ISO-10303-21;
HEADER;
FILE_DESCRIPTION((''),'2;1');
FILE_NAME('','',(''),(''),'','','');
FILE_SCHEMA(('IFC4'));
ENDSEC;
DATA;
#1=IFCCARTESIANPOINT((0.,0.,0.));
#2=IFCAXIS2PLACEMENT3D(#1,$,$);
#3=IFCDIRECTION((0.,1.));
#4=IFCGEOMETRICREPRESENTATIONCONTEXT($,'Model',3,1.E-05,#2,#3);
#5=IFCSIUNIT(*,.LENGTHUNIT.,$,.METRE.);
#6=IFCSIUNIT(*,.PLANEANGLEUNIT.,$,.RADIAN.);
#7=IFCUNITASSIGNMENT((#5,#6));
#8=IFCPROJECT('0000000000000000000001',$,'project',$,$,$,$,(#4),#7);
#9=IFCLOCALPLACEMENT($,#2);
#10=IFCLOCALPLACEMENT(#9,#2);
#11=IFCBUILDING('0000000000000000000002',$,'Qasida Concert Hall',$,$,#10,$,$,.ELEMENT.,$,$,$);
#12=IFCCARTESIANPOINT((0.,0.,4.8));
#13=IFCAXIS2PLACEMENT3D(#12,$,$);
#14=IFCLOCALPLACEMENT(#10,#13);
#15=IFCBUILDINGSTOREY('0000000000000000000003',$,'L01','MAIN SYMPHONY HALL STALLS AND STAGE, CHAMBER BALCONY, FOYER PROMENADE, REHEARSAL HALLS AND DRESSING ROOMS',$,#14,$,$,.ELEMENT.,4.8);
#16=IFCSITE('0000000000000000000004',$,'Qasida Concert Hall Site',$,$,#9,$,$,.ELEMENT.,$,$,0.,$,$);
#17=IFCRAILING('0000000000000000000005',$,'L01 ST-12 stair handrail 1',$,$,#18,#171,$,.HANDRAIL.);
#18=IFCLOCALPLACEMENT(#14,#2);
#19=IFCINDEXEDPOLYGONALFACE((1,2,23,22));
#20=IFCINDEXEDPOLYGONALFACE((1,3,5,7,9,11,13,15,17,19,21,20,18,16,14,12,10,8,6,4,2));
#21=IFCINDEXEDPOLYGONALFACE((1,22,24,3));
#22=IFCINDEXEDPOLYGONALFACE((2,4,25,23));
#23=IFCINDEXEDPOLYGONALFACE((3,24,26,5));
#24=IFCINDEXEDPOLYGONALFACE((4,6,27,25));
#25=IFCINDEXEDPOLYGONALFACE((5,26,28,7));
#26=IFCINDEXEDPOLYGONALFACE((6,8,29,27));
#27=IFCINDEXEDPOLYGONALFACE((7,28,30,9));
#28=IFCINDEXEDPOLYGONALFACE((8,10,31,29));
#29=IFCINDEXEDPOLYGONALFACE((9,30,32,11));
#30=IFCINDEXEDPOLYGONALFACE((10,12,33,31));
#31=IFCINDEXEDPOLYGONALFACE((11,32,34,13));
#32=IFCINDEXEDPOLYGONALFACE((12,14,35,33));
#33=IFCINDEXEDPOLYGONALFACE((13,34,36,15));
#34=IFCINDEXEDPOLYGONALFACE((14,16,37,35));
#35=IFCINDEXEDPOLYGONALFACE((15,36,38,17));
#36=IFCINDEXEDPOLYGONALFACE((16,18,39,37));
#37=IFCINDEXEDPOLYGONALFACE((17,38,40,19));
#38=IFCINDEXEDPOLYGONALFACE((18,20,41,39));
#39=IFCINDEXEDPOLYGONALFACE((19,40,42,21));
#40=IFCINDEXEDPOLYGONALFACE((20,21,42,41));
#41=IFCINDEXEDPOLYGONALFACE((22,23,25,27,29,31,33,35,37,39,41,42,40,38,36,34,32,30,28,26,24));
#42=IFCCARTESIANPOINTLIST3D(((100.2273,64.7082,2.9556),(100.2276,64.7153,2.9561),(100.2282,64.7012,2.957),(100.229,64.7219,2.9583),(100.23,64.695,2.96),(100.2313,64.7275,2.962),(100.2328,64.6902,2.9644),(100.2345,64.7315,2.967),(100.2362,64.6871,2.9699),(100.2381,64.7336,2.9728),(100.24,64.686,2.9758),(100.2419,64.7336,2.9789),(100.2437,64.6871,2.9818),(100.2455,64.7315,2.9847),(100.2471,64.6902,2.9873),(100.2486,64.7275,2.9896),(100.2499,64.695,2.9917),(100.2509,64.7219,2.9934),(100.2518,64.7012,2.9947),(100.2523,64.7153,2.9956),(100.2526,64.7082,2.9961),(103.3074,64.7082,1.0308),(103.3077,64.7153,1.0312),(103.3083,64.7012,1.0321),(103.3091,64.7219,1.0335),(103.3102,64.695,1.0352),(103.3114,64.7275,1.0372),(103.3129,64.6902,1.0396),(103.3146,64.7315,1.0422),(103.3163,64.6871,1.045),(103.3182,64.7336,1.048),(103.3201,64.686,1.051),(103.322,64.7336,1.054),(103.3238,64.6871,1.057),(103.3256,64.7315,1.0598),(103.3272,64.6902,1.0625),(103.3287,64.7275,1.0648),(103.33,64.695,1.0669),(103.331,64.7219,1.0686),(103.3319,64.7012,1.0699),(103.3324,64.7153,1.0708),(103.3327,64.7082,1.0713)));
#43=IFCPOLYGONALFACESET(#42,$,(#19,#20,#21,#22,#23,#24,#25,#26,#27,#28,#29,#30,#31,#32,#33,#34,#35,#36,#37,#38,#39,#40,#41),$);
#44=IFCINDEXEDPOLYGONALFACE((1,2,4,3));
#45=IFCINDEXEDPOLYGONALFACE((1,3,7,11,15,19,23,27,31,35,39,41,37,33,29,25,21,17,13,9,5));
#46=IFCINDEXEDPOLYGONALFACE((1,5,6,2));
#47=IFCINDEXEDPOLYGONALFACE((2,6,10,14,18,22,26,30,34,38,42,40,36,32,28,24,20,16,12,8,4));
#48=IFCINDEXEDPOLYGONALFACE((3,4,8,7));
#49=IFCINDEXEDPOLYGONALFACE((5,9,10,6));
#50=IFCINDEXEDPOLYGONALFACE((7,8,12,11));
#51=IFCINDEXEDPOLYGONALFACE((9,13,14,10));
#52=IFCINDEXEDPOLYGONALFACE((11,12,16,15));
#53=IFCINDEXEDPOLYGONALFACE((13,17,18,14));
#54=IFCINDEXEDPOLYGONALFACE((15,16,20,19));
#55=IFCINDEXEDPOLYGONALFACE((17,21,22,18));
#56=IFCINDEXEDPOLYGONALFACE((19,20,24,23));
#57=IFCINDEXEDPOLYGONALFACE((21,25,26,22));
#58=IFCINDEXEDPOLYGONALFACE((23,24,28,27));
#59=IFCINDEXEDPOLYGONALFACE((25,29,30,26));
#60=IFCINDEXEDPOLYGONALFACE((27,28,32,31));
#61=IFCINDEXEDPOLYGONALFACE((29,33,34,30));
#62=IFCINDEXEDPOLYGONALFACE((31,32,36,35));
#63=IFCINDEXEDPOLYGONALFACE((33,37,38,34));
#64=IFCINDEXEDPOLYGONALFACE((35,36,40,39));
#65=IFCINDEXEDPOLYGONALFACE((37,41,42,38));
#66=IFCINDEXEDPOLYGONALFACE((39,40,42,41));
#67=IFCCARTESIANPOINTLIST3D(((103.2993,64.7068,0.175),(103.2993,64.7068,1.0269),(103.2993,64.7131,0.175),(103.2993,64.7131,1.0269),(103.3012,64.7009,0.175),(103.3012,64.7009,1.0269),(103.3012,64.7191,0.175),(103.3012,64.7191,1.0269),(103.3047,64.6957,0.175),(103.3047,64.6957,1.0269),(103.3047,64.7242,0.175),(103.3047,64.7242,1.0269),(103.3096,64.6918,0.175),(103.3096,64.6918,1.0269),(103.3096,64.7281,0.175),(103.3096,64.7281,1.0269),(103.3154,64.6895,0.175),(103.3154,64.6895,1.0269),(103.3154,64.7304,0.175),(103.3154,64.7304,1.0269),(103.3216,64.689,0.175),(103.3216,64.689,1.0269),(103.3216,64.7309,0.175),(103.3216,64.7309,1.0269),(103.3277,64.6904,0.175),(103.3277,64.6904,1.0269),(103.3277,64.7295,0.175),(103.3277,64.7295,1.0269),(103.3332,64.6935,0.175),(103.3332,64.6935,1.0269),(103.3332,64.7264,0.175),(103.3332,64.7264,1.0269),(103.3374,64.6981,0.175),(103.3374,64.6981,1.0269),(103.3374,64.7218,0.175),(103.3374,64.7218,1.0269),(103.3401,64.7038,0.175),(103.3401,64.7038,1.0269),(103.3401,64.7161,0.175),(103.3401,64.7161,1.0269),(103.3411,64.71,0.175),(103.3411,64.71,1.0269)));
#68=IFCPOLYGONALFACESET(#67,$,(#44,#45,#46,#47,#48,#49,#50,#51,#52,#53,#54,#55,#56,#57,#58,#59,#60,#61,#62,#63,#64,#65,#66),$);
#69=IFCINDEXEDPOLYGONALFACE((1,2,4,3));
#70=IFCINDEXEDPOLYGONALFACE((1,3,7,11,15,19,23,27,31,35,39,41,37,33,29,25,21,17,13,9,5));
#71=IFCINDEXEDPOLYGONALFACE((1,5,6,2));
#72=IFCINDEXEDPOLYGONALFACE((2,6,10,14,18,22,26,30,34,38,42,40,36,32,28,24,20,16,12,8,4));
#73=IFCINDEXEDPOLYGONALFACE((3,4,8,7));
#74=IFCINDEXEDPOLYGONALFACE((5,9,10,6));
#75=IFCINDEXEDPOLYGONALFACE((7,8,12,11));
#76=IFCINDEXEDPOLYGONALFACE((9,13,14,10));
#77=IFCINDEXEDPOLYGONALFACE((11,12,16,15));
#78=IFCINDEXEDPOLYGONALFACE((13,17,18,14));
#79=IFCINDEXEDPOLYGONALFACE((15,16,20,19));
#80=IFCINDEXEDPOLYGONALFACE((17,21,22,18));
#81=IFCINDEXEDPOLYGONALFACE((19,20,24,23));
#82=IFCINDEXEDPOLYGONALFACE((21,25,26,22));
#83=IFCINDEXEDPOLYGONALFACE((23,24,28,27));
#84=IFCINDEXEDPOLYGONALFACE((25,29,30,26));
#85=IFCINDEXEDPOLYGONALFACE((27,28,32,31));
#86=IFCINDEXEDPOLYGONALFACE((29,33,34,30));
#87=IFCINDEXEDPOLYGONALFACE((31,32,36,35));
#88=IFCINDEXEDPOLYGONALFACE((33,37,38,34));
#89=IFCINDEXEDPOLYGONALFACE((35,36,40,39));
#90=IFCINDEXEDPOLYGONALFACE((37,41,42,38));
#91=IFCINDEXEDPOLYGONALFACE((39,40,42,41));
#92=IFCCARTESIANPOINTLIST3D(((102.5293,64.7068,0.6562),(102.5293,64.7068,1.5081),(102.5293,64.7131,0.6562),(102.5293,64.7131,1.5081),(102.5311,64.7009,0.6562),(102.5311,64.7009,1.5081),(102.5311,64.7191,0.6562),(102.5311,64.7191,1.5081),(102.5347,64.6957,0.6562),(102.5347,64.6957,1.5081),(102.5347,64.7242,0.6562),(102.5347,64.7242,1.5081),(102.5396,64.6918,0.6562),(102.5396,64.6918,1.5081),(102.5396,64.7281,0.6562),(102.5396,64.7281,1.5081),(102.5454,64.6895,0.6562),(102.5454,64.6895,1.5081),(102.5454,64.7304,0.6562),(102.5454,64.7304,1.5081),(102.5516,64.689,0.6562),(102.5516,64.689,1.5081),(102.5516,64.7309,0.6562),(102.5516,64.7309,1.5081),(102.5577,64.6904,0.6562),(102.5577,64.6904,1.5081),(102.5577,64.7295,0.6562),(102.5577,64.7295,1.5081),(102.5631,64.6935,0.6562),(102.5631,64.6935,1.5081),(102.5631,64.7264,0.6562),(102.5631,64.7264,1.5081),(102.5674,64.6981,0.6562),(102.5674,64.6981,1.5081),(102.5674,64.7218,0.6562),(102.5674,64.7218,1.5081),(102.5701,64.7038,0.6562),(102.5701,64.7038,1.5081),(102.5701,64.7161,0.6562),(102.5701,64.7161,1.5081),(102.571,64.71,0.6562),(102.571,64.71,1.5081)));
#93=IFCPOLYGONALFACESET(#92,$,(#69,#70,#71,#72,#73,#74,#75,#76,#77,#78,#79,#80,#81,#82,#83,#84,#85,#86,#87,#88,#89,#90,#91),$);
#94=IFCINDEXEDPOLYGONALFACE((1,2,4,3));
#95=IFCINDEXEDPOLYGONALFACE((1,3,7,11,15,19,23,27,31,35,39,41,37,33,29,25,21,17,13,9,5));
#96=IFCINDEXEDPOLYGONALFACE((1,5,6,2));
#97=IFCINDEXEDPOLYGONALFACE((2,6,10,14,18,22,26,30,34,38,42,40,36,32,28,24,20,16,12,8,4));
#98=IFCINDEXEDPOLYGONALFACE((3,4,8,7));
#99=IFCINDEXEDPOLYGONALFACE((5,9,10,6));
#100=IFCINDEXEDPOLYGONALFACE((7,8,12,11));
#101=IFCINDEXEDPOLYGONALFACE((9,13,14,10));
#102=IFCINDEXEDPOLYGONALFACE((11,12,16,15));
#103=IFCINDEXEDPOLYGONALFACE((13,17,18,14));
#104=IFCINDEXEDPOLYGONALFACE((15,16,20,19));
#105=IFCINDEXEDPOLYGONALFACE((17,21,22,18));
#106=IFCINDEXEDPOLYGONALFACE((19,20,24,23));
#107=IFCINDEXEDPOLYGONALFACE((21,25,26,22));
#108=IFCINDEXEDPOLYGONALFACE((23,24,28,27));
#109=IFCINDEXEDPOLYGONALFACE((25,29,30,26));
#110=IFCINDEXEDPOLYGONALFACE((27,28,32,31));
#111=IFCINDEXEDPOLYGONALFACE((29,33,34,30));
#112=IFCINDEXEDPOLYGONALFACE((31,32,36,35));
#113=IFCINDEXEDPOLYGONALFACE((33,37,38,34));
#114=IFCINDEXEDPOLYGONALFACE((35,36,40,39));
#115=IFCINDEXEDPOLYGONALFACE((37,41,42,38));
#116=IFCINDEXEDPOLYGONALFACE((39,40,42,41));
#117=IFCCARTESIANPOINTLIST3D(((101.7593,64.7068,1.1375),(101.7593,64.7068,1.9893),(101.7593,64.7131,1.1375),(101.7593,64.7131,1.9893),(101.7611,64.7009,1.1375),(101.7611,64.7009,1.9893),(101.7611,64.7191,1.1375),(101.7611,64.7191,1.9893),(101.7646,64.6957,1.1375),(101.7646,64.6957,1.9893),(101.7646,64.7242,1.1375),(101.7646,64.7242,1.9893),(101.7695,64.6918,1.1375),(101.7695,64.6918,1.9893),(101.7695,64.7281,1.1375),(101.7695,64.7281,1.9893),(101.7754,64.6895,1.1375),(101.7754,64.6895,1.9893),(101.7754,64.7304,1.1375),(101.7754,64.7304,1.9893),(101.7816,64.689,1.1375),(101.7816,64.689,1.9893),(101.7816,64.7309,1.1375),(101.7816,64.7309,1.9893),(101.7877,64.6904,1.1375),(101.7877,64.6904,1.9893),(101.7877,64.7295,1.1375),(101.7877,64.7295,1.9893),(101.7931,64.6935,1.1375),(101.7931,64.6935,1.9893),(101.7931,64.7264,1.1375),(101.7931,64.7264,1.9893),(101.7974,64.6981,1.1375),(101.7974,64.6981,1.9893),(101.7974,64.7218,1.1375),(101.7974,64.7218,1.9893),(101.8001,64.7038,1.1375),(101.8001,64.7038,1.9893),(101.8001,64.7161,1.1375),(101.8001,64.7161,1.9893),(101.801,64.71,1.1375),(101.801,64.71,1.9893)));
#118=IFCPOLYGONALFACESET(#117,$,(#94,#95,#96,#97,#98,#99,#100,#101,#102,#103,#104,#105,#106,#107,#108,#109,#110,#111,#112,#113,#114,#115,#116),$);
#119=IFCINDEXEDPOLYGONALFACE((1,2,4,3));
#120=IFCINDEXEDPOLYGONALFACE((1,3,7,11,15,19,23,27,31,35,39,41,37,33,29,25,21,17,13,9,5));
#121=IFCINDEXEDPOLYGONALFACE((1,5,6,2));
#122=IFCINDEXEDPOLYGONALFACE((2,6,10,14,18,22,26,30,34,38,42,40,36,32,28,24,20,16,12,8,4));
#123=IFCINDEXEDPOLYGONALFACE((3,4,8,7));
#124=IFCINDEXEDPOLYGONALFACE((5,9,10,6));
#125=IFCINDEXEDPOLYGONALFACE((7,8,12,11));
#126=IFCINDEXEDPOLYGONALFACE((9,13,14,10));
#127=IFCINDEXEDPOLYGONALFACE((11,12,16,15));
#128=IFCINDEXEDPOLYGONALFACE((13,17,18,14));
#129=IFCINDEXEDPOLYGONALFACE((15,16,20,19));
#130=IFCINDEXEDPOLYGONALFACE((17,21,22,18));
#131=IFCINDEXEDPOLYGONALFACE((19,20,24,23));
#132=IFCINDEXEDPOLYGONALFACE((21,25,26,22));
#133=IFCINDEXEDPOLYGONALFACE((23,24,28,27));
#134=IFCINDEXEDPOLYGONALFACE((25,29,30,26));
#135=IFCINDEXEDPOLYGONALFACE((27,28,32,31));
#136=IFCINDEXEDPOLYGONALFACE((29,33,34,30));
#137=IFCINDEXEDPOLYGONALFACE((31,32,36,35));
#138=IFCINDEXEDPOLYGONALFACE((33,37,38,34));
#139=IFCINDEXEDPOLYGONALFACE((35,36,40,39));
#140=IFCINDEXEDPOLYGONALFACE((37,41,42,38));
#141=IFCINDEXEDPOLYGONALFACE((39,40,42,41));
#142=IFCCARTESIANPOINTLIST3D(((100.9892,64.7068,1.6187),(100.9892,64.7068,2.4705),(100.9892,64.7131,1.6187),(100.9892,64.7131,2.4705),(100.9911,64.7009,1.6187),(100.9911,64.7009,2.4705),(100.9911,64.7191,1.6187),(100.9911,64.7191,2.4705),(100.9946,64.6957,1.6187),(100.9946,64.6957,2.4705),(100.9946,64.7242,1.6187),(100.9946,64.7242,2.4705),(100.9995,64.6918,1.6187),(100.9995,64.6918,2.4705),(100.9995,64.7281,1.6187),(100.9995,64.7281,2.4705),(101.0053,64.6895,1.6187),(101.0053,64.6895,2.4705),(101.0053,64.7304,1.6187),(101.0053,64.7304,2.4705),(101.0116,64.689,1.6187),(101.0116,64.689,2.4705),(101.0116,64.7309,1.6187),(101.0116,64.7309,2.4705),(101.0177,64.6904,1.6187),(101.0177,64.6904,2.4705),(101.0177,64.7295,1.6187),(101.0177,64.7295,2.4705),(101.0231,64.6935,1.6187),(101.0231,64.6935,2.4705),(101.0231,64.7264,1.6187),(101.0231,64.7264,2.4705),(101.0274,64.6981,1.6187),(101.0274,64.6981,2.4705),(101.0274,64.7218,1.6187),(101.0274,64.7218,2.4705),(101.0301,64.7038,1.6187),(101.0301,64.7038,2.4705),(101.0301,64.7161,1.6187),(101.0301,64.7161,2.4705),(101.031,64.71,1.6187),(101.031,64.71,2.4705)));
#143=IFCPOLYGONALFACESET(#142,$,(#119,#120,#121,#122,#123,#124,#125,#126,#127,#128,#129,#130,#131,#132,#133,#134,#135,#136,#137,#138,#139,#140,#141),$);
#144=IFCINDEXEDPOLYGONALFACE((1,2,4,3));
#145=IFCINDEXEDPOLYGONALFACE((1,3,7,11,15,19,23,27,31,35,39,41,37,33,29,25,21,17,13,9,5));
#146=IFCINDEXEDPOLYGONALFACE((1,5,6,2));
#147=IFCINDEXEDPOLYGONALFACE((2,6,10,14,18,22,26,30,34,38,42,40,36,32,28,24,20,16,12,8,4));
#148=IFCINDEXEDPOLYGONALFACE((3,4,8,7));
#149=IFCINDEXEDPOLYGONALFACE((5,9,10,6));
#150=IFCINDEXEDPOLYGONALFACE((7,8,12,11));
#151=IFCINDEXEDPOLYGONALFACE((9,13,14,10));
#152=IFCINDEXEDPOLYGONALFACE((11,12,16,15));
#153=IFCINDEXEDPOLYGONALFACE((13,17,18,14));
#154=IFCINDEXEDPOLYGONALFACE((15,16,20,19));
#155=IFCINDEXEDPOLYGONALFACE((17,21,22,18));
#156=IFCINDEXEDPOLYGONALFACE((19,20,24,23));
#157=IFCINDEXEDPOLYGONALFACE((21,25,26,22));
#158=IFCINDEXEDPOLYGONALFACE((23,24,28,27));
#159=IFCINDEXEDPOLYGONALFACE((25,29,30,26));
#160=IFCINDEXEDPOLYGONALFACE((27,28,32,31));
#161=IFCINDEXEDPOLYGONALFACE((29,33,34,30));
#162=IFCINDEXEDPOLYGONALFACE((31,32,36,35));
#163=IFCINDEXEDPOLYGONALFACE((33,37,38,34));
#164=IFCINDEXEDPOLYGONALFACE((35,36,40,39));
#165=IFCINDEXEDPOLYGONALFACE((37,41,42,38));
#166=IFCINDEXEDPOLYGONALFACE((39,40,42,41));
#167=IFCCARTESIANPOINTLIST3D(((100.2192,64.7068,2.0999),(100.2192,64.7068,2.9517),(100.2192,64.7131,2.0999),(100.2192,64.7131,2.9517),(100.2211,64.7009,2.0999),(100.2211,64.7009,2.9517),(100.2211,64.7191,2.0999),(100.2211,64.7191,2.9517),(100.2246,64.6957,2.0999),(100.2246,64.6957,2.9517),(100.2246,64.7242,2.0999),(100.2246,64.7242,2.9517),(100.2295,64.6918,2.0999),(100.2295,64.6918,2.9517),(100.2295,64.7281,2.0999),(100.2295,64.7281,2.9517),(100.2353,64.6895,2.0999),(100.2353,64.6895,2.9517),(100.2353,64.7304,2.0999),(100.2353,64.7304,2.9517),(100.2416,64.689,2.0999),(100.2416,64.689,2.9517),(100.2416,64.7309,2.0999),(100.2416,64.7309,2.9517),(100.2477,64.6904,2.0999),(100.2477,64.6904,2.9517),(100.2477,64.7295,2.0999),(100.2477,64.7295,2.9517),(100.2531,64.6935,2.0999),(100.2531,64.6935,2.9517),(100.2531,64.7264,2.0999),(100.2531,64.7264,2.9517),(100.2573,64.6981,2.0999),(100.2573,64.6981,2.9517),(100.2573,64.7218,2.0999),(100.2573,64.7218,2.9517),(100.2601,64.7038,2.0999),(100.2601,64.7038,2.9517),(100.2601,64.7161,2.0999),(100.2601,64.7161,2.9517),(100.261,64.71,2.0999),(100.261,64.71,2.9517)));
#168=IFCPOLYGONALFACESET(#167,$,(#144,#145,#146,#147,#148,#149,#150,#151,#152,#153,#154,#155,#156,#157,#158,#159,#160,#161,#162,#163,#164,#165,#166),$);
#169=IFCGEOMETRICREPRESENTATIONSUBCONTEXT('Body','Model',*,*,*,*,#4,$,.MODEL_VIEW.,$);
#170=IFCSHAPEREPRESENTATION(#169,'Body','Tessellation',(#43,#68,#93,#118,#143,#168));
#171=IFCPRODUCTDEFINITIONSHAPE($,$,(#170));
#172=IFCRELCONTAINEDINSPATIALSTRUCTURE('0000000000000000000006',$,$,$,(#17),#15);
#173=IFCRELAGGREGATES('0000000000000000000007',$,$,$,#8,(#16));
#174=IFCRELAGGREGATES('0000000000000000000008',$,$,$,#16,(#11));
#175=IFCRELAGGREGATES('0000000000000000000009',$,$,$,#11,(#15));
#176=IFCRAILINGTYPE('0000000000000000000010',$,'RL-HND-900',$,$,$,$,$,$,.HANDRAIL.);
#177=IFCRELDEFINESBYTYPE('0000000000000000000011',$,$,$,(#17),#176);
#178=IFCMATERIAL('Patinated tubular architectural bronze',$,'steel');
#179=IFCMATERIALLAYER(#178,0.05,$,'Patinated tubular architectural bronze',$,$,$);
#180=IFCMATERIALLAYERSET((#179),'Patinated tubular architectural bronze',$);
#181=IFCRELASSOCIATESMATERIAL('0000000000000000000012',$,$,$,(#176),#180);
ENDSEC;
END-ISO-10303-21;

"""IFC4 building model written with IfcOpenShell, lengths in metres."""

from ifc_helpers import new_model, si_unit, direction, frame, origin, origin_2d, place, context, subcontext, project, spatial, circle, extrude, material, layer, layer_set, type_object, element, save


model = new_model("IFC4")

# Units and contexts
model_context = context("Model", 3, precision=1e-05, world=origin(), true_north=direction((0.0, 1.0)))
body_context = subcontext(model_context, "Body", "Model", "MODEL_VIEW")
ifc_project = project(units=[si_unit("LENGTHUNIT", "METRE"), si_unit("PLANEANGLEUNIT", "RADIAN")], contexts=[model_context])

# Site, building, storey
site_placement = place(None, origin())
site = spatial("IfcSite", under=ifc_project, at=site_placement, Name="Qasida Concert Hall Site", CompositionType="ELEMENT", RefElevation=0.0)
building_placement = place(site_placement, origin())
building = spatial("IfcBuilding", under=site, at=building_placement, Name="Qasida Concert Hall", CompositionType="ELEMENT")
storey_placement = place(building_placement, frame((0.0, 0.0, 4.8)))
storey = spatial("IfcBuildingStorey", under=building, at=storey_placement, Name="L01", Description="MAIN SYMPHONY HALL STALLS AND STAGE, CHAMBER BALCONY, FOYER PROMENADE, REHEARSAL HALLS AND DRESSING ROOMS", CompositionType="ELEMENT", Elevation=4.8)

# Railing
ifc_material_1 = material(Name="Patinated tubular architectural bronze", Category="steel")
ifc_layer_1 = layer(ifc_material_1, 0.05, Name="Patinated tubular architectural bronze")
ifc_layer_set_1 = layer_set([ifc_layer_1], Name="Patinated tubular architectural bronze")
railing_type_1 = type_object("IfcRailingType", Name="RL-HND-900", PredefinedType="HANDRAIL", material=ifc_layer_set_1)
railing_1_placement = place(storey_placement, frame((103.3201, 64.71, 0.175)))
element("IfcRailing", 1, at=railing_1_placement, inside=storey, type_object=railing_type_1, Name="L01 ST-12 stair handrail 1", PredefinedType="HANDRAIL", context=body_context, shape_type="SweptSolid", body=[
    extrude(circle(Radius=0.0239, at=origin_2d()), frame((0.0, 0.0, 0.876), z_axis=(-0.848029, 0.0, 0.529951), x_axis=(0.0, -1.0, 0.0)), (0.0, 0.0, 1.0), 3.6321),
    extrude(circle(Radius=0.021, at=origin_2d()), origin(), (0.0, 0.0, 1.0), 0.8518),
    extrude(circle(Radius=0.021, at=origin_2d()), frame((-0.77, 0.0, 0.4812)), (0.0, 0.0, 1.0), 0.8518),
    extrude(circle(Radius=0.021, at=origin_2d()), frame((-1.54, 0.0, 0.9624)), (0.0, 0.0, 1.0), 0.8518),
    extrude(circle(Radius=0.021, at=origin_2d()), frame((-2.3101, 0.0, 1.4436)), (0.0, 0.0, 1.0), 0.8518),
    extrude(circle(Radius=0.021, at=origin_2d()), frame((-3.0801, 0.0, 1.9248)), (0.0, 0.0, 1.0), 0.8518),
])

save(model, "model.ifc")
